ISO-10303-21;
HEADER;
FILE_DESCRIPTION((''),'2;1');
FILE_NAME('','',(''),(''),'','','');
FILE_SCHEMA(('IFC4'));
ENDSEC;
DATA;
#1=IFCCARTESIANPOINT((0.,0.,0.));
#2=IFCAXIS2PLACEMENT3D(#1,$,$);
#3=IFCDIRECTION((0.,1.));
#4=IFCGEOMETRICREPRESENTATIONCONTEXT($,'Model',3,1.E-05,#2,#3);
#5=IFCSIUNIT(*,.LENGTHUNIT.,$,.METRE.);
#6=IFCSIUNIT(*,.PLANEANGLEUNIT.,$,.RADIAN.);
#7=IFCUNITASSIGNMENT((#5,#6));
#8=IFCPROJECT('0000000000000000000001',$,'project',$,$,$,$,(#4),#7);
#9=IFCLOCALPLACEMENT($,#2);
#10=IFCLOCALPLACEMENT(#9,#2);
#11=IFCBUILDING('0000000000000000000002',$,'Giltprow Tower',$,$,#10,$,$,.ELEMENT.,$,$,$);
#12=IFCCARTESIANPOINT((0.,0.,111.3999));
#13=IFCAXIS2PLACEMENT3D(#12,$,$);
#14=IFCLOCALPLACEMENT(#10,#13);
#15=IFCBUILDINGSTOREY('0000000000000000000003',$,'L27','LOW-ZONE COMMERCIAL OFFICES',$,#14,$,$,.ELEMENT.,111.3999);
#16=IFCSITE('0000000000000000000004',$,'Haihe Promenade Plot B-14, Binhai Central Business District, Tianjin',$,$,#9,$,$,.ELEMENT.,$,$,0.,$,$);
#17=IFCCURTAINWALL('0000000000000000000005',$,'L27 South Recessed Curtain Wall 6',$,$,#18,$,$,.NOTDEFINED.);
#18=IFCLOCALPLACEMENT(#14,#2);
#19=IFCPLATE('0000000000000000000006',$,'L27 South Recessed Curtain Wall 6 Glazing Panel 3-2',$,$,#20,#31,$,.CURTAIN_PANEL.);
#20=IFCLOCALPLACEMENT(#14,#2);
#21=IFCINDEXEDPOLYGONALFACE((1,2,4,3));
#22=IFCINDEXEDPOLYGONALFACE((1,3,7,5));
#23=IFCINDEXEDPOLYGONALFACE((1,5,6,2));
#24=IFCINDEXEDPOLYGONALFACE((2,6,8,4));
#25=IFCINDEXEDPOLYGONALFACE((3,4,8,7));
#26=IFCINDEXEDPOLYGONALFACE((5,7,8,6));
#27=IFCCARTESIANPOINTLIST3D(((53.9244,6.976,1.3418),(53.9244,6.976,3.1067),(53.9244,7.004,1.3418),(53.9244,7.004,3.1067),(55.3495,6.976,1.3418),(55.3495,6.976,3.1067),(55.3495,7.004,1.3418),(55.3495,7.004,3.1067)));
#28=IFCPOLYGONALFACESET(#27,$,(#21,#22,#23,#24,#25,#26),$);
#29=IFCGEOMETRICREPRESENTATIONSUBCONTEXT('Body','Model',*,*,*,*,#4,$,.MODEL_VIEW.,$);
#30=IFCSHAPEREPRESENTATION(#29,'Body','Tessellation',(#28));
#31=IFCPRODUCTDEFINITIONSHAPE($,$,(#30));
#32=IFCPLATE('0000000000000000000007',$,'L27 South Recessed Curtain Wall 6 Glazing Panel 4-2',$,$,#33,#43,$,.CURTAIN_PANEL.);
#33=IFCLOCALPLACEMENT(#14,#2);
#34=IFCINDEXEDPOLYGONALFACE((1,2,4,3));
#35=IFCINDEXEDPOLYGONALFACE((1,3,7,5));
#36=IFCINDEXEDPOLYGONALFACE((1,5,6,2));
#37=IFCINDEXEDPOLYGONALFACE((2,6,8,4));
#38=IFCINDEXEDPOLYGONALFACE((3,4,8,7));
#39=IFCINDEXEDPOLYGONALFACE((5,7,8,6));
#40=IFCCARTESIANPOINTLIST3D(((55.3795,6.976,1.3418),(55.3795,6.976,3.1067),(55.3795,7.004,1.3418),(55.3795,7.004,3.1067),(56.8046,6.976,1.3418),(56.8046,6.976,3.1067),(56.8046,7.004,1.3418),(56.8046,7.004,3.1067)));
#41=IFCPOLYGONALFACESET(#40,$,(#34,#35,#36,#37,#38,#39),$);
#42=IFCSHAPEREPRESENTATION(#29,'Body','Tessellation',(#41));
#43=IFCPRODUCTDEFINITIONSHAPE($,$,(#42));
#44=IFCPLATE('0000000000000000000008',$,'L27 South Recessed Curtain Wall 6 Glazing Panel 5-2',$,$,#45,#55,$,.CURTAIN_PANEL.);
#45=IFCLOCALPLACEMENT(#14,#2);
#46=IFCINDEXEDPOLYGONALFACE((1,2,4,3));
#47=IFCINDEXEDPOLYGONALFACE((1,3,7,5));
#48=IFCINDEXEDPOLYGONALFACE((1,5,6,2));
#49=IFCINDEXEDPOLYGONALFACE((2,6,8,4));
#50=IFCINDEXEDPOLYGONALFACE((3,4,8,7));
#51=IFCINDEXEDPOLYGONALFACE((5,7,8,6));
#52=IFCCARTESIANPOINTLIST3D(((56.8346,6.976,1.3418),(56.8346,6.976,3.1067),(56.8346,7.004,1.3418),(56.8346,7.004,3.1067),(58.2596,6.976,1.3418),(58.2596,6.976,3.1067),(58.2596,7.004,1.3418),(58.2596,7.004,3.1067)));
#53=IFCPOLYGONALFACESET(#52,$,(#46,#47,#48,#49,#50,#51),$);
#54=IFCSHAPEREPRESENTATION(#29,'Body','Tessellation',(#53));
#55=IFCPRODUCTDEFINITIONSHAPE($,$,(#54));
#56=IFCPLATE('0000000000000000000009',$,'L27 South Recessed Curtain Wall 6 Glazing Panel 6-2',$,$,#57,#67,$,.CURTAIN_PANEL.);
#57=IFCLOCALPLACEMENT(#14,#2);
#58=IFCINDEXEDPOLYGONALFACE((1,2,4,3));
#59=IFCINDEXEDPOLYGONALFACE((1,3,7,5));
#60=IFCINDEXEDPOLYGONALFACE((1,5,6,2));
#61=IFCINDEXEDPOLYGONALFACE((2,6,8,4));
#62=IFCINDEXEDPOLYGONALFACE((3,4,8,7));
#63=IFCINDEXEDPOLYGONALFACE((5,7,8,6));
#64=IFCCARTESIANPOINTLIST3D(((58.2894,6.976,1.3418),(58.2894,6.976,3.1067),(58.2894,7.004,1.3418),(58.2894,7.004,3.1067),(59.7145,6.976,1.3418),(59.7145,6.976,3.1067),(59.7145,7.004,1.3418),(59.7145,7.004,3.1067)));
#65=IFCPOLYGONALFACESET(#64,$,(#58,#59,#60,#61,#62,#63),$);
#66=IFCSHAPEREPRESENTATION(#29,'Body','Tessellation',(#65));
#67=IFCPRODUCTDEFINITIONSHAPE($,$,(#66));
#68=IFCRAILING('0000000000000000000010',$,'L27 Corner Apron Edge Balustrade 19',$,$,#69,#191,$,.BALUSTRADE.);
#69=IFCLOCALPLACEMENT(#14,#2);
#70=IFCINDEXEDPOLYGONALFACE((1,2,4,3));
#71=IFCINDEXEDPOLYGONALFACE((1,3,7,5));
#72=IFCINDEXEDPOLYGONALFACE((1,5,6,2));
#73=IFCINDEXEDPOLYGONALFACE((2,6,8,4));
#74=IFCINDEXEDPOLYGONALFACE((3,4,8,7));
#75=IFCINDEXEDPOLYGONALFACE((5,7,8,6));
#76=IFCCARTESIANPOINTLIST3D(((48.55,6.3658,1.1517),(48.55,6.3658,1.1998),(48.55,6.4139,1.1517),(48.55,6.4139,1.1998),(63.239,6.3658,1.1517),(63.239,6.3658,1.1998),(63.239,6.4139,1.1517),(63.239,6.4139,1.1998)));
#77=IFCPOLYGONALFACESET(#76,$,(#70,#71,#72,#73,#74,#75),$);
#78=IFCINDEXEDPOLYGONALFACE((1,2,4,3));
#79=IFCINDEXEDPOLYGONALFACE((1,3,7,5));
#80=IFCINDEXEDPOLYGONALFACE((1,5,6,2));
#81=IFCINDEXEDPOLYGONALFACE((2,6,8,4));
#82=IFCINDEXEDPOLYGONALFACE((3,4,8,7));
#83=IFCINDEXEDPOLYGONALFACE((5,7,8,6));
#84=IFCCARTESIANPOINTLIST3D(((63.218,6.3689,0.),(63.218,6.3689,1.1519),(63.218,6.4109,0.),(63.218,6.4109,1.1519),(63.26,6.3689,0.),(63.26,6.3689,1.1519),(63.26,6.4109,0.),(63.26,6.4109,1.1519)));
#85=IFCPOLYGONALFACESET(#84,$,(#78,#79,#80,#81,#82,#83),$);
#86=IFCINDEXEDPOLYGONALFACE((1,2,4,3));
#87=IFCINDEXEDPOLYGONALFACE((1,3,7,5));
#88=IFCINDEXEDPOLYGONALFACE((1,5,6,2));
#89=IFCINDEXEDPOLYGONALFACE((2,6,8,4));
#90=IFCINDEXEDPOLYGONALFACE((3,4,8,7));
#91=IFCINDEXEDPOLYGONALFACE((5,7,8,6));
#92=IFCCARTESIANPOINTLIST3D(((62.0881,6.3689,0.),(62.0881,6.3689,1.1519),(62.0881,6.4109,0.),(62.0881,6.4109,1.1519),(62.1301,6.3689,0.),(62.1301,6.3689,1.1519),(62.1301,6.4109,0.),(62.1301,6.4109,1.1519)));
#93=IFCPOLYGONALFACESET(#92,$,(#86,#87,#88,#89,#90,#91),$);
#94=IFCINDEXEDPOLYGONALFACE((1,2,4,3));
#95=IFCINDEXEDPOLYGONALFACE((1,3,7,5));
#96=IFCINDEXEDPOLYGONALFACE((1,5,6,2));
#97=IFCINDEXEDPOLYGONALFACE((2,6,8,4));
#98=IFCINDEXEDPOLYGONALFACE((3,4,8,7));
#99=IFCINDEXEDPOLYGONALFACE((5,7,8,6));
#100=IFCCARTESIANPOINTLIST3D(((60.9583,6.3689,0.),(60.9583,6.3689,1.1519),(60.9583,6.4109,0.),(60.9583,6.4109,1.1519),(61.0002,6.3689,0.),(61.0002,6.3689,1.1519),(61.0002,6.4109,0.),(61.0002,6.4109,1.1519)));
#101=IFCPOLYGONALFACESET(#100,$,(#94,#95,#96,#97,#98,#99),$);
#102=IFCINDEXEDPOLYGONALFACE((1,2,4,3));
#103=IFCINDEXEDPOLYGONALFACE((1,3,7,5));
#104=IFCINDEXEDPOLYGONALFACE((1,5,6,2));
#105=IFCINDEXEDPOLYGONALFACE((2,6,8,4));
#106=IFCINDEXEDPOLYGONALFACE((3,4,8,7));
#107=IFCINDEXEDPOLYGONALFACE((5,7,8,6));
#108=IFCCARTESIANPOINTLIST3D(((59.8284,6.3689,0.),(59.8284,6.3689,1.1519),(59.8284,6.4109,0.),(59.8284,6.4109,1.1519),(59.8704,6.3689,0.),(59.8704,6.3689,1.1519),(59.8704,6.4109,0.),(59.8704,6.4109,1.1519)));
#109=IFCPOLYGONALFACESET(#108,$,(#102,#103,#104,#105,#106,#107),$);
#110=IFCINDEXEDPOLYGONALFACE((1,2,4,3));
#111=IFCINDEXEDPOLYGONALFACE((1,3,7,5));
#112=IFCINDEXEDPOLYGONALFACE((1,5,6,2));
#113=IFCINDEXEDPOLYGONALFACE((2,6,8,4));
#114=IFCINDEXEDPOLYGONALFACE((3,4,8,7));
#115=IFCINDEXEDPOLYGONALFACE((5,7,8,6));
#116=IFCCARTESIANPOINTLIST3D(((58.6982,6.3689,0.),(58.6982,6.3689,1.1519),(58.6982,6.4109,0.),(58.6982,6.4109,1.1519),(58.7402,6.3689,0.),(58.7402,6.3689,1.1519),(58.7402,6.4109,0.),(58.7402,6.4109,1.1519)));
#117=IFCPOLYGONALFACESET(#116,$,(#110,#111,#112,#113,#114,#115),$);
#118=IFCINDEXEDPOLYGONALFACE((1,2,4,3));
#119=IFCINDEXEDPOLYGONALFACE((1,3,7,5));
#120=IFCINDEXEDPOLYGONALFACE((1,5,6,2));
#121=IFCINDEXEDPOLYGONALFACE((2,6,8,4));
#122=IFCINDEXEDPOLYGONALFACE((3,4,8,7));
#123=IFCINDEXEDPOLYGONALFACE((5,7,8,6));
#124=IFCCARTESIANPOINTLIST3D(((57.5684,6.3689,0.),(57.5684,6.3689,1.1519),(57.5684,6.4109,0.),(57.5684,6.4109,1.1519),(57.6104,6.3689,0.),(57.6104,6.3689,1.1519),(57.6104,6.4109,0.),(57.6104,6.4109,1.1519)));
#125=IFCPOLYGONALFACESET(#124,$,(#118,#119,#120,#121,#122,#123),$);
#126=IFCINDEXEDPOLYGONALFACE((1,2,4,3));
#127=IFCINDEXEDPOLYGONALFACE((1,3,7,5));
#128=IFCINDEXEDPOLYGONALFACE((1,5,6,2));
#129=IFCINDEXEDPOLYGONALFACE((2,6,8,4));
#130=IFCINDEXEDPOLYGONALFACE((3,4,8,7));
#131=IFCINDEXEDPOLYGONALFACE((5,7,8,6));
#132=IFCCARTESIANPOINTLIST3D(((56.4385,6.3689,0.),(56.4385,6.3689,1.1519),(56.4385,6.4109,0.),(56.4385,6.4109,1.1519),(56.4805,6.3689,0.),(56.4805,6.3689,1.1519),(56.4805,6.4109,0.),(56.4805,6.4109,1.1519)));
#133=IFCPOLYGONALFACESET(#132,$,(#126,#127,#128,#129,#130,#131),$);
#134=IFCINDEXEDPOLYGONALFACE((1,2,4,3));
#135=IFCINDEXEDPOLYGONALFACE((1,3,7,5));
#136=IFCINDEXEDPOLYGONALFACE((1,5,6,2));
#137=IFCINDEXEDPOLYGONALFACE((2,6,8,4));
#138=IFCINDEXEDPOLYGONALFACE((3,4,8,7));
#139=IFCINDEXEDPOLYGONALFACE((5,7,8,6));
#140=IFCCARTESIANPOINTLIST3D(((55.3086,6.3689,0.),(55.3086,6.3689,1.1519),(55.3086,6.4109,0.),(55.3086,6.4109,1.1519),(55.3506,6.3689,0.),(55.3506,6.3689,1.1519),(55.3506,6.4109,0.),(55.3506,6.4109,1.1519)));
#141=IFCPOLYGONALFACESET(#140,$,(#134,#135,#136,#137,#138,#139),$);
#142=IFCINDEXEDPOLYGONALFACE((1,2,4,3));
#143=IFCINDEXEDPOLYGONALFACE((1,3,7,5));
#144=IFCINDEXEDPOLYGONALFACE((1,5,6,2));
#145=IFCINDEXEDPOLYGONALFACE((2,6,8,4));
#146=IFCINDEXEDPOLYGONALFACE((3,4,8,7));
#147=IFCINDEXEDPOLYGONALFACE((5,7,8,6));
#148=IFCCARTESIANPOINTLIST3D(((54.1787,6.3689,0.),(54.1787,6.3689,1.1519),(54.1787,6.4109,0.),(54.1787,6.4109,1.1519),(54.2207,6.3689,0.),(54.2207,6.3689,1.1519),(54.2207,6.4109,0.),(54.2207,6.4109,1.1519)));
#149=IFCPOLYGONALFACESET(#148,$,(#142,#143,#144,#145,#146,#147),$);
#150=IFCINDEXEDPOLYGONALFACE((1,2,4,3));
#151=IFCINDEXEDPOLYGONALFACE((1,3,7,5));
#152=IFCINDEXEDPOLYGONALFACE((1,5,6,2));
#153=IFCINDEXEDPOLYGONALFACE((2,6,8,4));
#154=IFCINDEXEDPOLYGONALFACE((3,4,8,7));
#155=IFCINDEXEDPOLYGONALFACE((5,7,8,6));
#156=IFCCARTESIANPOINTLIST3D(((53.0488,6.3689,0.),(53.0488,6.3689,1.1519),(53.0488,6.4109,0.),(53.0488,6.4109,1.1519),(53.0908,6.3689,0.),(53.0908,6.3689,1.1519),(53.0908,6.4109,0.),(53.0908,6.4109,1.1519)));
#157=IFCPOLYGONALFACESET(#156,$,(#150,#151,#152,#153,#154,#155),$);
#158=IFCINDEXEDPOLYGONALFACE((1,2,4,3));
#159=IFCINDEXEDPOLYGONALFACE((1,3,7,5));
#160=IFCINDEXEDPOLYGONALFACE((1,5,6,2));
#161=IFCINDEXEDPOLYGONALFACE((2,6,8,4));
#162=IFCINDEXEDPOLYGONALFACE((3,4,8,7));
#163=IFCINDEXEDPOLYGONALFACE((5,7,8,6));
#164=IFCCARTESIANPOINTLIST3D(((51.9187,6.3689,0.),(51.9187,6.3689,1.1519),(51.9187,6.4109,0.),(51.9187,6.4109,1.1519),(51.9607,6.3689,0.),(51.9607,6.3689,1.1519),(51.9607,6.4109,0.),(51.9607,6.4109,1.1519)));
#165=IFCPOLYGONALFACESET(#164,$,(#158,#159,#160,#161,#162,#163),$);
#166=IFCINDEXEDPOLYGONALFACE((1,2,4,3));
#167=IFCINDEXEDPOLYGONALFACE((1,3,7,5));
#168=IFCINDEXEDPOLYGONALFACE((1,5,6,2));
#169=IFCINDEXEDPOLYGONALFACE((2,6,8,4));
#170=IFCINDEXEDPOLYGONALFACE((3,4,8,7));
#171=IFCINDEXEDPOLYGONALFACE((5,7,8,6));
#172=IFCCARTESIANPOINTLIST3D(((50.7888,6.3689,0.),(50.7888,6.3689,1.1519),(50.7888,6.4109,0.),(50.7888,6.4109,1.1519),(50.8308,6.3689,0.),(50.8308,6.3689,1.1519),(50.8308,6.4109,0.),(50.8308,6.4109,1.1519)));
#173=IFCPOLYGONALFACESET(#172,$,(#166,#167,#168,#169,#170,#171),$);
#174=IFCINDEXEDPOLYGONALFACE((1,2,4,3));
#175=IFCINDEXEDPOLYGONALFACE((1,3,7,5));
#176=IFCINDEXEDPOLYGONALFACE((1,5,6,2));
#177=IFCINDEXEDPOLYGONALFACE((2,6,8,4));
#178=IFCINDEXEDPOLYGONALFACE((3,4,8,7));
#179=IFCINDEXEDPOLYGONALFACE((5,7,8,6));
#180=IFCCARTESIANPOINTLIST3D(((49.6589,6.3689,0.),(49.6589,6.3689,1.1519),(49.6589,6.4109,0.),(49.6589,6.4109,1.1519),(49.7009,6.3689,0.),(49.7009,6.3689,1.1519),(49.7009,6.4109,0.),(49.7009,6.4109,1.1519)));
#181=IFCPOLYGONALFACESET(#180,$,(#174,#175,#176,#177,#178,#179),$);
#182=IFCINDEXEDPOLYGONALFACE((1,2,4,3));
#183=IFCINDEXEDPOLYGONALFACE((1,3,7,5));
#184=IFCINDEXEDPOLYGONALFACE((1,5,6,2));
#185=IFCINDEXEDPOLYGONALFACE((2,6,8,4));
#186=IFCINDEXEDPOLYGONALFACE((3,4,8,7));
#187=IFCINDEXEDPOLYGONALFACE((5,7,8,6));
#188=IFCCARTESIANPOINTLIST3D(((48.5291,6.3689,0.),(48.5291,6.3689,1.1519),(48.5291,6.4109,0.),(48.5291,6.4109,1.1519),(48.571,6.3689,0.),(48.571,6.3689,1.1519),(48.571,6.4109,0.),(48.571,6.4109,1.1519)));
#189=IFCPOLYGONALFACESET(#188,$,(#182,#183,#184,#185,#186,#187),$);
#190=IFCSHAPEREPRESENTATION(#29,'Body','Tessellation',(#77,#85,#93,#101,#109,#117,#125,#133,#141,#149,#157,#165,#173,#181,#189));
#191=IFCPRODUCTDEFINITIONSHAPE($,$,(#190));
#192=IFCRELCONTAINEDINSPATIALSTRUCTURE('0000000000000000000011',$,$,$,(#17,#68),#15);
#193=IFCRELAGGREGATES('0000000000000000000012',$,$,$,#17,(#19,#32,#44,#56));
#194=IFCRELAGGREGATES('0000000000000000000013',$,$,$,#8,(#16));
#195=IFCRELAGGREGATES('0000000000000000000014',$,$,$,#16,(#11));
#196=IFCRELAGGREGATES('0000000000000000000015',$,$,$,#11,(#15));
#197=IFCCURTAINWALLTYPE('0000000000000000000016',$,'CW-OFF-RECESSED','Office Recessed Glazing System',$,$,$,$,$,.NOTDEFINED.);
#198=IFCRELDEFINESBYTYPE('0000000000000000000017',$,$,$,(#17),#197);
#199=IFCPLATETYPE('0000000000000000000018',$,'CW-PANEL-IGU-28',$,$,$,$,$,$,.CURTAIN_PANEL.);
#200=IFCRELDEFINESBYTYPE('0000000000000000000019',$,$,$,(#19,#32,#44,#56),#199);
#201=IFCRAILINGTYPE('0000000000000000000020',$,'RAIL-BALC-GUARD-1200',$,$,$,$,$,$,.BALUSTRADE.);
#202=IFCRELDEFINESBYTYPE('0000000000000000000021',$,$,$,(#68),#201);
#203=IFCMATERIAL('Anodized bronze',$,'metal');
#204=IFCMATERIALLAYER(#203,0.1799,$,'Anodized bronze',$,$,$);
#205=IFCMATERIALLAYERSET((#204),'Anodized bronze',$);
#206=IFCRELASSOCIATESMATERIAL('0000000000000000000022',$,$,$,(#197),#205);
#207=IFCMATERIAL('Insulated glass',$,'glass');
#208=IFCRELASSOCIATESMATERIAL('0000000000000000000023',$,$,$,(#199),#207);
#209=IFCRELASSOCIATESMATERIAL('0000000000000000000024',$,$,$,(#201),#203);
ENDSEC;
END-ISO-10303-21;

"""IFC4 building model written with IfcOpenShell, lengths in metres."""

from ifc_helpers import new_model, si_unit, direction, frame, origin, origin_2d, place, context, subcontext, project, spatial, rectangle, extrude, source, transform, mapped, material, layer, layer_set, type_object, element, aggregate, save


model = new_model("IFC4")

# Units and contexts
model_context = context("Model", 3, precision=1e-05, world=origin(), true_north=direction((0.0, 1.0)))
body_context = subcontext(model_context, "Body", "Model", "MODEL_VIEW")
ifc_project = project(units=[si_unit("LENGTHUNIT", "METRE"), si_unit("PLANEANGLEUNIT", "RADIAN")], contexts=[model_context])

# Site, building, storey
site_placement = place(None, origin())
site = spatial("IfcSite", under=ifc_project, at=site_placement, Name="Haihe Promenade Plot B-14, Binhai Central Business District, Tianjin", CompositionType="ELEMENT", RefElevation=0.0)
building_placement = place(site_placement, origin())
building = spatial("IfcBuilding", under=site, at=building_placement, Name="Giltprow Tower", CompositionType="ELEMENT")
storey_placement = place(building_placement, frame((0.0, 0.0, 111.3999)))
storey = spatial("IfcBuildingStorey", under=building, at=storey_placement, Name="L27", Description="LOW-ZONE COMMERCIAL OFFICES", CompositionType="ELEMENT", Elevation=111.3999)

# Curtain wall, plates
ifc_material_1 = material(Name="Anodized bronze", Category="metal")
ifc_layer = layer(ifc_material_1, 0.1799, Name="Anodized bronze")
ifc_layer_set = layer_set([ifc_layer], Name="Anodized bronze")
curtain_wall_type = type_object("IfcCurtainWallType", Name="CW-OFF-RECESSED", Description="Office Recessed Glazing System", PredefinedType="NOTDEFINED", material=ifc_layer_set)
curtain_wall_placement = place(storey_placement, origin())
curtain_wall = element("IfcCurtainWall", 1, at=curtain_wall_placement, inside=storey, type_object=curtain_wall_type, Name="L27 South Recessed Curtain Wall 6", PredefinedType="NOTDEFINED")
ifc_material_2 = material(Name="Insulated glass", Category="glass")
plate_type = type_object("IfcPlateType", Name="CW-PANEL-IGU-28", PredefinedType="CURTAIN_PANEL", material=ifc_material_2)
shared_shape_1 = source(origin(), body_context, "Body", "SweptSolid", [
    extrude(rectangle(XDim=1.425, YDim=0.0281, at=origin_2d()), origin(), (0.0, 0.0, 1.0), 1.7649),
])
plate_1_placement = place(storey_placement, frame((54.637, 6.99, 1.3418), z_axis=(0.0, 0.0, 1.0), x_axis=(1.0, 0.0, 0.0)))
plate_1 = element("IfcPlate", 2, at=plate_1_placement, type_object=plate_type, Name="L27 South Recessed Curtain Wall 6 Glazing Panel 3-2", PredefinedType="CURTAIN_PANEL", context=body_context, shape_type="MappedRepresentation", body=[
    mapped(shared_shape_1, transform((0.0, 0.0, 0.0), x_axis=(1.0, 0.0, 0.0), y_axis=(0.0, 1.0, 0.0), z_axis=(0.0, 0.0, 1.0), scale=1.0)),
])
plate_2_placement = place(storey_placement, frame((56.092, 6.99, 1.3418), z_axis=(0.0, 0.0, 1.0), x_axis=(1.0, 0.0, 0.0)))
plate_2 = element("IfcPlate", 3, at=plate_2_placement, type_object=plate_type, Name="L27 South Recessed Curtain Wall 6 Glazing Panel 4-2", PredefinedType="CURTAIN_PANEL", context=body_context, shape_type="MappedRepresentation", body=[
    mapped(shared_shape_1, transform((0.0, 0.0, 0.0), x_axis=(1.0, 0.0, 0.0), y_axis=(0.0, 1.0, 0.0), z_axis=(0.0, 0.0, 1.0), scale=1.0)),
])
plate_3_placement = place(storey_placement, frame((57.5471, 6.99, 1.3418), z_axis=(0.0, 0.0, 1.0), x_axis=(1.0, 0.0, 0.0)))
plate_3 = element("IfcPlate", 4, at=plate_3_placement, type_object=plate_type, Name="L27 South Recessed Curtain Wall 6 Glazing Panel 5-2", PredefinedType="CURTAIN_PANEL", context=body_context, shape_type="MappedRepresentation", body=[
    mapped(shared_shape_1, transform((0.0, 0.0, 0.0), x_axis=(1.0, 0.0, 0.0), y_axis=(0.0, 1.0, 0.0), z_axis=(0.0, 0.0, 1.0), scale=1.0)),
])
plate_4_placement = place(storey_placement, frame((59.002, 6.99, 1.3418), z_axis=(0.0, 0.0, 1.0), x_axis=(1.0, 0.0, 0.0)))
plate_4 = element("IfcPlate", 5, at=plate_4_placement, type_object=plate_type, Name="L27 South Recessed Curtain Wall 6 Glazing Panel 6-2", PredefinedType="CURTAIN_PANEL", context=body_context, shape_type="MappedRepresentation", body=[
    mapped(shared_shape_1, transform((0.0, 0.0, 0.0), x_axis=(1.0, 0.0, 0.0), y_axis=(0.0, 1.0, 0.0), z_axis=(0.0, 0.0, 1.0), scale=1.0)),
])
aggregate(curtain_wall, [plate_1, plate_2, plate_3, plate_4])

# Railing
railing_type = type_object("IfcRailingType", Name="RAIL-BALC-GUARD-1200", PredefinedType="BALUSTRADE", material=ifc_material_1)
railing_placement = place(storey_placement, frame((63.239, 6.3899, 0.0)))
element("IfcRailing", 6, at=railing_placement, inside=storey, type_object=railing_type, Name="L27 Corner Apron Edge Balustrade 19", PredefinedType="BALUSTRADE", context=body_context, shape_type="SweptSolid", body=[
    extrude(rectangle(XDim=0.0481, YDim=0.0481, at=origin_2d()), frame((0.0, 0.0, 1.1758), z_axis=(-1.0, 0.0, 0.0), x_axis=(0.0, -1.0, 0.0)), (0.0, 0.0, 1.0), 14.689),
    extrude(rectangle(XDim=0.042, YDim=0.042, at=origin_2d()), origin(), (0.0, 0.0, 1.0), 1.1519),
    extrude(rectangle(XDim=0.042, YDim=0.042, at=origin_2d()), frame((-1.1299, 0.0, 0.0)), (0.0, 0.0, 1.0), 1.1519),
    extrude(rectangle(XDim=0.042, YDim=0.042, at=origin_2d()), frame((-2.2598, 0.0, 0.0)), (0.0, 0.0, 1.0), 1.1519),
    extrude(rectangle(XDim=0.042, YDim=0.042, at=origin_2d()), frame((-3.3896, 0.0, 0.0)), (0.0, 0.0, 1.0), 1.1519),
    extrude(rectangle(XDim=0.042, YDim=0.042, at=origin_2d()), frame((-4.5198, 0.0, 0.0)), (0.0, 0.0, 1.0), 1.1519),
    extrude(rectangle(XDim=0.042, YDim=0.042, at=origin_2d()), frame((-5.6497, 0.0, 0.0)), (0.0, 0.0, 1.0), 1.1519),
    extrude(rectangle(XDim=0.042, YDim=0.042, at=origin_2d()), frame((-6.7795, 0.0, 0.0)), (0.0, 0.0, 1.0), 1.1519),
    extrude(rectangle(XDim=0.042, YDim=0.042, at=origin_2d()), frame((-7.9094, 0.0, 0.0)), (0.0, 0.0, 1.0), 1.1519),
    extrude(rectangle(XDim=0.042, YDim=0.042, at=origin_2d()), frame((-9.0393, 0.0, 0.0)), (0.0, 0.0, 1.0), 1.1519),
    extrude(rectangle(XDim=0.042, YDim=0.042, at=origin_2d()), frame((-10.1692, 0.0, 0.0)), (0.0, 0.0, 1.0), 1.1519),
    extrude(rectangle(XDim=0.042, YDim=0.042, at=origin_2d()), frame((-11.2993, 0.0, 0.0)), (0.0, 0.0, 1.0), 1.1519),
    extrude(rectangle(XDim=0.042, YDim=0.042, at=origin_2d()), frame((-12.4292, 0.0, 0.0)), (0.0, 0.0, 1.0), 1.1519),
    extrude(rectangle(XDim=0.042, YDim=0.042, at=origin_2d()), frame((-13.5591, 0.0, 0.0)), (0.0, 0.0, 1.0), 1.1519),
    extrude(rectangle(XDim=0.042, YDim=0.042, at=origin_2d()), frame((-14.689, 0.0, 0.0)), (0.0, 0.0, 1.0), 1.1519),
])

save(model, "model.ifc")
